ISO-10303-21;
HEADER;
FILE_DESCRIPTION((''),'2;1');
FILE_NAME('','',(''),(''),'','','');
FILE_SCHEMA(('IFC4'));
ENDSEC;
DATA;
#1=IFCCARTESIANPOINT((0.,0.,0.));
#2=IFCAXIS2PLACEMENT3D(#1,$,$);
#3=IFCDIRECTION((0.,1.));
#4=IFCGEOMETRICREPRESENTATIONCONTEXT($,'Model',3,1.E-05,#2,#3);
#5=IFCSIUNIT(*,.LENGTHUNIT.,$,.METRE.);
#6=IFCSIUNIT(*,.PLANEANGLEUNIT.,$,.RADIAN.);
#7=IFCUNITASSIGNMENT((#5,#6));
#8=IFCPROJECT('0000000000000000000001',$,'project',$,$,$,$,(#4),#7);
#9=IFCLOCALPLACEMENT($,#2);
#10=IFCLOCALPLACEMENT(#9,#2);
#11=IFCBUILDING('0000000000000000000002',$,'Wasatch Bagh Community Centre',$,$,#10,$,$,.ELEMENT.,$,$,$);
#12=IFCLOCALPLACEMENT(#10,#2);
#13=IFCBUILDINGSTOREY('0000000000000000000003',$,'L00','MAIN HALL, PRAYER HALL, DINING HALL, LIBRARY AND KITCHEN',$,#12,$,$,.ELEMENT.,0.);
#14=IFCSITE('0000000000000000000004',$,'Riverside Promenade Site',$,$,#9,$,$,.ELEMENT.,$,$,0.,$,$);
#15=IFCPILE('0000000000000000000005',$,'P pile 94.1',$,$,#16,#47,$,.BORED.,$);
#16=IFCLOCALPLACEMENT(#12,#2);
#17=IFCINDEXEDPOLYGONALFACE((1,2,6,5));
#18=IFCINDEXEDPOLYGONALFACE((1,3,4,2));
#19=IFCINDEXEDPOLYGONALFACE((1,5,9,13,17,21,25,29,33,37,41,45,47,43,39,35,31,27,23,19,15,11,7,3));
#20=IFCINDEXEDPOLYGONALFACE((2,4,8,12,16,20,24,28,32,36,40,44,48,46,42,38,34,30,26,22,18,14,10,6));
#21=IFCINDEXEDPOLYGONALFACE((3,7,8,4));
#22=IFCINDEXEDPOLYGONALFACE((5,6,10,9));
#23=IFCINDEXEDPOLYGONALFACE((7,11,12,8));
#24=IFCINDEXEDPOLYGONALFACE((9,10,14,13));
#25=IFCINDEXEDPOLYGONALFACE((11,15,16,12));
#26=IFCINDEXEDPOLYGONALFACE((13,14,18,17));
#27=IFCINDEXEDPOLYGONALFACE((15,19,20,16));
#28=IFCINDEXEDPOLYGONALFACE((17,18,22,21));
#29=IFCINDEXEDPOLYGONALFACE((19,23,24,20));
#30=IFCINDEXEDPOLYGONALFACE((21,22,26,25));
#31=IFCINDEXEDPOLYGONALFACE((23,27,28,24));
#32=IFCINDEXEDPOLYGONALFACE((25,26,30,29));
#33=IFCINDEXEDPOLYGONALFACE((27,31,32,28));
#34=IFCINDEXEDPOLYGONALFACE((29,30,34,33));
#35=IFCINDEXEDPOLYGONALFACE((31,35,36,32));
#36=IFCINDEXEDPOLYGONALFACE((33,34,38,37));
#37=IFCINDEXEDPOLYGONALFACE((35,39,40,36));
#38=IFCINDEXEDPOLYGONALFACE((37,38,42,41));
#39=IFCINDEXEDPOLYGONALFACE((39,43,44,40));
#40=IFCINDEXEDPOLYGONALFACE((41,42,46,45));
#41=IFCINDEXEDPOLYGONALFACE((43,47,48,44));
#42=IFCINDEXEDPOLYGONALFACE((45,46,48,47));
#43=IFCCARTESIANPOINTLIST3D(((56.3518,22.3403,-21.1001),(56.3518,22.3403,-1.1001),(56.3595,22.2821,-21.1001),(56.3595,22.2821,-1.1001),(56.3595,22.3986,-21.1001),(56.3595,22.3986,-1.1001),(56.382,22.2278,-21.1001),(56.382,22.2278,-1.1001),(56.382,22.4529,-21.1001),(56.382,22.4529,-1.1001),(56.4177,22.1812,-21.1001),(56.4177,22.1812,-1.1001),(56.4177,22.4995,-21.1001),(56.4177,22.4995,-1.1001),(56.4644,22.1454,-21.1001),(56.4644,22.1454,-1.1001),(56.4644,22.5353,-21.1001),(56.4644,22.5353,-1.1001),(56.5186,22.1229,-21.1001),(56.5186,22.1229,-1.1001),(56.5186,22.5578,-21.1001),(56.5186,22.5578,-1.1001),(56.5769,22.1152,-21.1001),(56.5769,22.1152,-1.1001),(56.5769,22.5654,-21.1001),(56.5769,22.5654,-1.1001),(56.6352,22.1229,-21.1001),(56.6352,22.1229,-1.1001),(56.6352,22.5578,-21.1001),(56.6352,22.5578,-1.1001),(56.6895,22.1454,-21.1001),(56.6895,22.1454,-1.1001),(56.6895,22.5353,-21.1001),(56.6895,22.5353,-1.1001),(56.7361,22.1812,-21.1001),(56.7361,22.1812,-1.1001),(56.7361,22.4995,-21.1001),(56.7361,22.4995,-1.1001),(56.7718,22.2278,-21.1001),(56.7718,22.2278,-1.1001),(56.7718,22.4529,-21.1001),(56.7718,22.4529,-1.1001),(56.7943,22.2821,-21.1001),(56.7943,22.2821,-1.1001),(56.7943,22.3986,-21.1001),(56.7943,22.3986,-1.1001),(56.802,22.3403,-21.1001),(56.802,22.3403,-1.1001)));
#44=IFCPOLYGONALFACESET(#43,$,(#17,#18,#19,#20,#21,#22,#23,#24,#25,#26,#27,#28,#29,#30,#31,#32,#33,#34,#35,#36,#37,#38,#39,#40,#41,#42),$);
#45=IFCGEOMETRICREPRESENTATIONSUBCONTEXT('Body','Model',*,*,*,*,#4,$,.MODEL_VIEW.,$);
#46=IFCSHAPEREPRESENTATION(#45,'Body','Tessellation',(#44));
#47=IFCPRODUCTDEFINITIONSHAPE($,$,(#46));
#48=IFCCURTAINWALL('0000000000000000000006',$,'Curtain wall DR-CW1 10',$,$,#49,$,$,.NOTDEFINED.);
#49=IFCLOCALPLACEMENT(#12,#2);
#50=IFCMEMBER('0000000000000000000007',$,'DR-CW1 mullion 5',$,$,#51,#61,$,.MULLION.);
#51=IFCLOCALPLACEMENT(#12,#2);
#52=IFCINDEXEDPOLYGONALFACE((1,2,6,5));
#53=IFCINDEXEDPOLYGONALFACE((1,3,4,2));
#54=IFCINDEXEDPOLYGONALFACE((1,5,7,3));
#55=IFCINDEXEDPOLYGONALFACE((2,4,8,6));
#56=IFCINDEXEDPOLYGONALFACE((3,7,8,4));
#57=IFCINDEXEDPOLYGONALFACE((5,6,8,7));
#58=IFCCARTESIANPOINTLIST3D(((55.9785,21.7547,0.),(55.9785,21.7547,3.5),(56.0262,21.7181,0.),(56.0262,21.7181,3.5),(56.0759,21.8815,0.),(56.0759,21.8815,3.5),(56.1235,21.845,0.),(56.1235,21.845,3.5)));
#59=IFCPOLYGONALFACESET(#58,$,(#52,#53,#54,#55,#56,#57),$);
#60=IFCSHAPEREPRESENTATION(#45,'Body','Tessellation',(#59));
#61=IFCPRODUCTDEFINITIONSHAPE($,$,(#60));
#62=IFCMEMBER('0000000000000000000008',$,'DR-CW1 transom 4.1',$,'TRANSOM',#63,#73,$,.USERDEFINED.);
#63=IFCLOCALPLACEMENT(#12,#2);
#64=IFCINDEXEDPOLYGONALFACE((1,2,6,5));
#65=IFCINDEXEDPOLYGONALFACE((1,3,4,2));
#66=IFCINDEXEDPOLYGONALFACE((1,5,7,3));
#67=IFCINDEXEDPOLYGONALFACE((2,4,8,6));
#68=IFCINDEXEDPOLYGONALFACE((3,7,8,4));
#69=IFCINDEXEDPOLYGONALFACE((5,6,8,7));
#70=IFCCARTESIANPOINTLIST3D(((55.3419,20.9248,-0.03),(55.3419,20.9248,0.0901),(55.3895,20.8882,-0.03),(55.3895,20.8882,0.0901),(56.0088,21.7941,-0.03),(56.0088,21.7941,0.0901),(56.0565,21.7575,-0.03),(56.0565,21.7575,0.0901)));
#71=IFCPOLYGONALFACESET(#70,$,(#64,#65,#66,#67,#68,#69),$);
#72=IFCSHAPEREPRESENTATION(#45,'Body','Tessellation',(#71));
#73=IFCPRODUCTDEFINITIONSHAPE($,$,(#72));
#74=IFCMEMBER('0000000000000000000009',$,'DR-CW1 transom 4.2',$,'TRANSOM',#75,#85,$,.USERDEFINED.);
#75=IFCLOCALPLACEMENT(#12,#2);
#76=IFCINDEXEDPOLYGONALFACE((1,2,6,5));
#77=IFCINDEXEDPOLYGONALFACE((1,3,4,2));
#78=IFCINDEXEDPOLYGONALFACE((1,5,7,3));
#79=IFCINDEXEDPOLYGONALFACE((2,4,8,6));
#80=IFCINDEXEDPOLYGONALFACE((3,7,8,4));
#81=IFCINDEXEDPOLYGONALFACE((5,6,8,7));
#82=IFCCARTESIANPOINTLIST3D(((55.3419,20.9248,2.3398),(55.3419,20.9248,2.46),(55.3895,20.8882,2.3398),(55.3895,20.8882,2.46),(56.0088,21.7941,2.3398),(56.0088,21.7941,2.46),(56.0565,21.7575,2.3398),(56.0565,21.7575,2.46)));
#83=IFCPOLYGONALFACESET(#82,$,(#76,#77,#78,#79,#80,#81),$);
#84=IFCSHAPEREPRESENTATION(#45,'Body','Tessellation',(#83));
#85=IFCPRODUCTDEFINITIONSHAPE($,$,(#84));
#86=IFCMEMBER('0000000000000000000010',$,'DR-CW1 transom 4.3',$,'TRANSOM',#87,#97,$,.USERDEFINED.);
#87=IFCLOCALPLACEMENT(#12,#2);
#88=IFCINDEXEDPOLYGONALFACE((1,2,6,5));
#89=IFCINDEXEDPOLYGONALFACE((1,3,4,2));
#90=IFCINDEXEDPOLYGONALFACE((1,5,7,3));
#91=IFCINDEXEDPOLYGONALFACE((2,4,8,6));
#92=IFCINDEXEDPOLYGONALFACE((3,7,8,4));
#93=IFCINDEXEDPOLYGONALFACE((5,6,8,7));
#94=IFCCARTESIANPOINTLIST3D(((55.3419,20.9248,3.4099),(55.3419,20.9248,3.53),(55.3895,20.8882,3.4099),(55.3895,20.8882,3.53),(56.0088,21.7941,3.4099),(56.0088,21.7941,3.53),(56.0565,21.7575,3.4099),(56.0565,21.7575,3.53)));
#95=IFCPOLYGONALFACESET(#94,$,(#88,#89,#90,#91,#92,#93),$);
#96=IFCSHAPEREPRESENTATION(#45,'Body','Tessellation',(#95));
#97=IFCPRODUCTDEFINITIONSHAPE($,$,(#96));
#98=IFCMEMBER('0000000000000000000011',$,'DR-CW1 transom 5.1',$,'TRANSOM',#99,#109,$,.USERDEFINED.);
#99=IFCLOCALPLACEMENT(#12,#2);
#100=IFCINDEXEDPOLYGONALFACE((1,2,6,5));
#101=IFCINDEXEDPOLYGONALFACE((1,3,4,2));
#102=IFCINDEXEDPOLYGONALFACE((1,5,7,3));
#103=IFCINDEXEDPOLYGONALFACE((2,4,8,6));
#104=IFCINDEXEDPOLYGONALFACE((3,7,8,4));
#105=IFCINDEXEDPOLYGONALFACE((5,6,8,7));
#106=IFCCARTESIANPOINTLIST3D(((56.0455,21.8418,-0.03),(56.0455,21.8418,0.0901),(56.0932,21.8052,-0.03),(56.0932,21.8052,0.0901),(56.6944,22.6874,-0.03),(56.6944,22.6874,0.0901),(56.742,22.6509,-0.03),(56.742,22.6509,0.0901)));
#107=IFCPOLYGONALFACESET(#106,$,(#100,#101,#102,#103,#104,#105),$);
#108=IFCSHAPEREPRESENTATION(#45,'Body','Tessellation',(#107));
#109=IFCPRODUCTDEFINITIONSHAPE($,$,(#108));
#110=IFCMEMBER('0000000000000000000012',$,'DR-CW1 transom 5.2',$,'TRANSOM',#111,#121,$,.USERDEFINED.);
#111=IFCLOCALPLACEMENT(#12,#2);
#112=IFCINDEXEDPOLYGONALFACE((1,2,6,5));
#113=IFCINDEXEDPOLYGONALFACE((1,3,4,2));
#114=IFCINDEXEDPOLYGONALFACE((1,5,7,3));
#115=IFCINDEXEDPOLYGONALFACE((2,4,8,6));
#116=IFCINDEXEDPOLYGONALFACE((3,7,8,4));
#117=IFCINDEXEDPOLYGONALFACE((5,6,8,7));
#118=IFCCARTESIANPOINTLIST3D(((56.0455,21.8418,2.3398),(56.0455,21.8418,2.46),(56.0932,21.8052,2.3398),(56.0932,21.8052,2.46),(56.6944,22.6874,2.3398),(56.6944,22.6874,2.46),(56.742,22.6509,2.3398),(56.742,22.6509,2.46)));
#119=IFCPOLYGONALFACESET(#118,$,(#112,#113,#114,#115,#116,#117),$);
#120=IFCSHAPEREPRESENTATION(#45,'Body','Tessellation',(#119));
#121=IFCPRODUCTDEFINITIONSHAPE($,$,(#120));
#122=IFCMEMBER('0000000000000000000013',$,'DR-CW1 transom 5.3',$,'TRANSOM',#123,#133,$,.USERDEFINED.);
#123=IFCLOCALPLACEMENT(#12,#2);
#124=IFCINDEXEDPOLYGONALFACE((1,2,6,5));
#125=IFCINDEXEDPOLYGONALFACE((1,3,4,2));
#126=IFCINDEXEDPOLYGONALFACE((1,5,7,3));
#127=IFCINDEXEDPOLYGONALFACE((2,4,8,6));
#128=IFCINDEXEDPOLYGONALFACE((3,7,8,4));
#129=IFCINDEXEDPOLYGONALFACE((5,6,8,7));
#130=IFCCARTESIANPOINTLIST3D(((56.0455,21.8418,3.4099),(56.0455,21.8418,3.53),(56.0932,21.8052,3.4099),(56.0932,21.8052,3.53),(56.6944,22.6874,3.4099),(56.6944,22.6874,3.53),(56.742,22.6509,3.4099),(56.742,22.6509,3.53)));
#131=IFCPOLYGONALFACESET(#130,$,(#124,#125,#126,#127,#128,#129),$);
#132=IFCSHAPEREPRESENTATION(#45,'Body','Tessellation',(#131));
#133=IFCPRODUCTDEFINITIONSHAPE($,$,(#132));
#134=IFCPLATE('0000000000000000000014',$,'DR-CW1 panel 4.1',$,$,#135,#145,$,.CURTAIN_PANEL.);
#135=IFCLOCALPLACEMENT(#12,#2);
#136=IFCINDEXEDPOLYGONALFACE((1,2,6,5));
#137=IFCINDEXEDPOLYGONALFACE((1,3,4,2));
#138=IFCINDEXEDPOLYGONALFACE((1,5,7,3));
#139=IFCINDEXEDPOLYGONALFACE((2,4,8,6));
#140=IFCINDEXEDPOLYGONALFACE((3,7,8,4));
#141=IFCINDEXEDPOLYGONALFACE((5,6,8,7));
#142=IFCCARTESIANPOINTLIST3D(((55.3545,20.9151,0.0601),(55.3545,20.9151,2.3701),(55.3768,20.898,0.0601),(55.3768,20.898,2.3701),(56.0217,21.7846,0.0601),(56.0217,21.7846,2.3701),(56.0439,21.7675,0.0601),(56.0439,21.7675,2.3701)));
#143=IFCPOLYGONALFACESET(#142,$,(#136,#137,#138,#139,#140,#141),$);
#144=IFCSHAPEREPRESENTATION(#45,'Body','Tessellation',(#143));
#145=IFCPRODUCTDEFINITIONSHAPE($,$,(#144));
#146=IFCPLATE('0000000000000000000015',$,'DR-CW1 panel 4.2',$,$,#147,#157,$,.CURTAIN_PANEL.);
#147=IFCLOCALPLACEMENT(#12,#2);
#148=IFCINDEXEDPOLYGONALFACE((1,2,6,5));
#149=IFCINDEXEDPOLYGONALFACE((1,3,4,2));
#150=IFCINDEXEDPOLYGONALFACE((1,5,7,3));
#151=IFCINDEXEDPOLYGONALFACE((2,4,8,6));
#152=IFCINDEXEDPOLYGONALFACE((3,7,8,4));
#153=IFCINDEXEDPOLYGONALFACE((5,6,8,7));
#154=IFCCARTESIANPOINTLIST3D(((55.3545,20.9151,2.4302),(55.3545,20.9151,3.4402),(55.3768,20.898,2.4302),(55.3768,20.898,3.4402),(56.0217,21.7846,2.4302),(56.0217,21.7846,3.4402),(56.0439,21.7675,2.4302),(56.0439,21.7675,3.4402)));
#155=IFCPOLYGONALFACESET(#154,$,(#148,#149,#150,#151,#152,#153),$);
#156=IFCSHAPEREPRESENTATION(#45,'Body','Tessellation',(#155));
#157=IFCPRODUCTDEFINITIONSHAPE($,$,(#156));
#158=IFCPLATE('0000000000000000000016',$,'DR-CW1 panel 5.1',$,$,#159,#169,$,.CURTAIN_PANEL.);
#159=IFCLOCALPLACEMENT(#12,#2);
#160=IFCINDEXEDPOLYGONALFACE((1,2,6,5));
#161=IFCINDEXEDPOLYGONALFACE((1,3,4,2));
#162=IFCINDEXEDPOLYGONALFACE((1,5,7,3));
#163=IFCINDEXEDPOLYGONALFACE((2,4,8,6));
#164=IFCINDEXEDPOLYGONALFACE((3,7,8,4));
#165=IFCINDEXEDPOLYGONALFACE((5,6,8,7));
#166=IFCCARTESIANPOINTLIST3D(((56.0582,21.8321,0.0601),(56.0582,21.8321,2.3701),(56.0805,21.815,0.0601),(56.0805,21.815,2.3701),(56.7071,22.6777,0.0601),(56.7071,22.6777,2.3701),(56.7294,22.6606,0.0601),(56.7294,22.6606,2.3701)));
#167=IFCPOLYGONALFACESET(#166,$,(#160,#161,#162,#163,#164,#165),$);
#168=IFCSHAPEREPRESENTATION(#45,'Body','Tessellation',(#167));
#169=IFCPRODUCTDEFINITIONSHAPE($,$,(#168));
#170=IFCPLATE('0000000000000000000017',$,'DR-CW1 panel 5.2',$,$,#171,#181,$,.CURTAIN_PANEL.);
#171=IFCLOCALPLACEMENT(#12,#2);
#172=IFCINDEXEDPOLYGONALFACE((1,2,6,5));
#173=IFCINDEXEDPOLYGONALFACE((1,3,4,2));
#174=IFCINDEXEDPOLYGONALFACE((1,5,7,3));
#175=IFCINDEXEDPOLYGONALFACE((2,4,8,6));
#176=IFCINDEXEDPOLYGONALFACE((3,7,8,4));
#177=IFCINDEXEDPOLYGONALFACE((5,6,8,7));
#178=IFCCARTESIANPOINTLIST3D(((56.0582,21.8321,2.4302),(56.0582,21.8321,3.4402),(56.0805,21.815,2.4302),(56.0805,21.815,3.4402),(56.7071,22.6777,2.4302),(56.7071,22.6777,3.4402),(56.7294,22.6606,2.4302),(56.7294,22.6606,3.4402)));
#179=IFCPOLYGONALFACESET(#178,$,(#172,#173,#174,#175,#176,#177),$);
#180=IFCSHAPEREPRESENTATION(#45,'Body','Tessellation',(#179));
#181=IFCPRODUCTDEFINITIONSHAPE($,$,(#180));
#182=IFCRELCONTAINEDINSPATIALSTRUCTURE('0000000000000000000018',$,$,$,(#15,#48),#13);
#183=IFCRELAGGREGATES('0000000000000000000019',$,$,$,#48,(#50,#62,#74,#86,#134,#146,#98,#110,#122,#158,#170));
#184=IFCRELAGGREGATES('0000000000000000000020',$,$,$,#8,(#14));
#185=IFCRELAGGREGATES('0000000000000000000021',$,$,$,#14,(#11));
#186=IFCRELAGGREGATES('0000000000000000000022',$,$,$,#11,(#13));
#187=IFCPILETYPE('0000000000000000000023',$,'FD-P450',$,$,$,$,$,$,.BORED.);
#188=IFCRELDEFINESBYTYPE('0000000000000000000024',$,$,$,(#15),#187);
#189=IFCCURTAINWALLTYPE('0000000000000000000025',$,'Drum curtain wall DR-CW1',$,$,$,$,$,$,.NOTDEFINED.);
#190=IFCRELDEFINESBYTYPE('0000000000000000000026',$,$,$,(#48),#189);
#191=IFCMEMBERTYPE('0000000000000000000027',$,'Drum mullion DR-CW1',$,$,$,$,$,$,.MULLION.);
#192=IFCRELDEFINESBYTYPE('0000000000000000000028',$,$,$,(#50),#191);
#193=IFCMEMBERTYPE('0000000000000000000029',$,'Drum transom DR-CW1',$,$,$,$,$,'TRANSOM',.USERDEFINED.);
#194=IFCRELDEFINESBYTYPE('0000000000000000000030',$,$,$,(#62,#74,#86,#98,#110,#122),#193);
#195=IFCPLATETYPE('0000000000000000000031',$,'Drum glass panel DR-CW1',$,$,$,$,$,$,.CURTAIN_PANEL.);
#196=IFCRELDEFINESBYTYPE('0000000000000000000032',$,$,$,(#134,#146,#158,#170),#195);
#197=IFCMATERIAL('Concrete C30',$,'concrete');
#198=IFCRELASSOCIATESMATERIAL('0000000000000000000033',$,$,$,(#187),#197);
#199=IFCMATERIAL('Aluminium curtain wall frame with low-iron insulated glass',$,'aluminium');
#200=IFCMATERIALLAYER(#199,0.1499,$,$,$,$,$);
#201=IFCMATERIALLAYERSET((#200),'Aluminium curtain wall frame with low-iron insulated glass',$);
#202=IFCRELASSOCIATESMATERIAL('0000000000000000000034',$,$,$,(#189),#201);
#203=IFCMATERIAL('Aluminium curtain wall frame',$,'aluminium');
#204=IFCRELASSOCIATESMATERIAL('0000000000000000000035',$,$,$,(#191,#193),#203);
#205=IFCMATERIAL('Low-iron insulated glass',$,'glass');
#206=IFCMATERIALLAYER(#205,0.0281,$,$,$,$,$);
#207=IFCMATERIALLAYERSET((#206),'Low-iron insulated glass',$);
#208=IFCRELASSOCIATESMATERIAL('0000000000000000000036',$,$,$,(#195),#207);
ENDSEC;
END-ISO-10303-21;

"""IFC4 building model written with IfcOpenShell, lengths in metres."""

from ifc_helpers import new_model, si_unit, direction, frame, origin, origin_2d, place, context, subcontext, project, spatial, rectangle, circle, extrude, material, layer, layer_set, material_profile, profile_set, type_object, element, aggregate, save


model = new_model("IFC4")

# Units and contexts
model_context = context("Model", 3, precision=1e-05, world=origin(), true_north=direction((0.0, 1.0)))
body_context = subcontext(model_context, "Body", "Model", "MODEL_VIEW")
ifc_project = project(units=[si_unit("LENGTHUNIT", "METRE"), si_unit("PLANEANGLEUNIT", "RADIAN")], contexts=[model_context])

# Site, building, storey
site_placement = place(None, origin())
site = spatial("IfcSite", under=ifc_project, at=site_placement, Name="Riverside Promenade Site", CompositionType="ELEMENT", RefElevation=0.0)
building_placement = place(site_placement, origin())
building = spatial("IfcBuilding", under=site, at=building_placement, Name="Wasatch Bagh Community Centre", CompositionType="ELEMENT")
storey_placement = place(building_placement, origin())
storey = spatial("IfcBuildingStorey", under=building, at=storey_placement, Name="L00", Description="MAIN HALL, PRAYER HALL, DINING HALL, LIBRARY AND KITCHEN", CompositionType="ELEMENT", Elevation=0.0)

# Pile
ifc_material_1 = material(Name="Concrete C30", Category="concrete")
ifc_material_profile_1 = material_profile(ifc_material_1, circle(Radius=0.2251, at=origin_2d()), Name="RC D450")
ifc_profile_set_1 = profile_set([ifc_material_profile_1], Name="Concrete C30")
pile_type = type_object("IfcPileType", Name="FD-P450", PredefinedType="BORED", material=ifc_profile_set_1)
pile_placement = place(storey_placement, frame((56.5769, 22.3403, -1.1001), z_axis=(0.0, 0.0, -1.0), x_axis=(1.0, 0.0, 0.0)))
element("IfcPile", 1, at=pile_placement, inside=storey, type_object=pile_type, Name="P pile 94.1", PredefinedType="BORED", context=body_context, shape_type="SweptSolid", body=[
    extrude(circle(Radius=0.2251, at=origin_2d()), origin(), (0.0, 0.0, 1.0), 20.0),
])

# Curtain wall, members, plates
ifc_material_2 = material(Name="Aluminium curtain wall frame with low-iron insulated glass", Category="aluminium")
ifc_layer_1 = layer(ifc_material_2, 0.1499)
ifc_layer_set_1 = layer_set([ifc_layer_1], Name="Aluminium curtain wall frame with low-iron insulated glass")
curtain_wall_type = type_object("IfcCurtainWallType", Name="Drum curtain wall DR-CW1", PredefinedType="NOTDEFINED", material=ifc_layer_set_1)
curtain_wall_placement = place(storey_placement, origin())
curtain_wall = element("IfcCurtainWall", 2, at=curtain_wall_placement, inside=storey, type_object=curtain_wall_type, Name="Curtain wall DR-CW1 10", PredefinedType="NOTDEFINED")
ifc_material_3 = material(Name="Aluminium curtain wall frame", Category="aluminium")
ifc_material_profile_2 = material_profile(ifc_material_3, rectangle(XDim=0.0601, YDim=0.1599, at=origin_2d()), Name="Drum mullion DR-CW1")
ifc_profile_set_2 = profile_set([ifc_material_profile_2], Name="Aluminium curtain wall frame")
member_type_1 = type_object("IfcMemberType", Name="Drum mullion DR-CW1", PredefinedType="MULLION", material=ifc_profile_set_2)
member_1_placement = place(storey_placement, frame((56.051, 21.7998, 0.0), z_axis=(0.0, 0.0, 1.0), x_axis=(-0.793353, 0.608761, 0.0)))
member_1 = element("IfcMember", 3, at=member_1_placement, type_object=member_type_1, Name="DR-CW1 mullion 5", PredefinedType="MULLION", context=body_context, shape_type="SweptSolid", body=[
    extrude(rectangle(XDim=0.0601, YDim=0.1599, at=origin_2d()), origin(), (0.0, 0.0, 1.0), 3.5),
])
ifc_material_profile_3 = material_profile(ifc_material_3, rectangle(XDim=0.0601, YDim=0.1201, at=origin_2d()), Name="Drum transom DR-CW1")
ifc_profile_set_3 = profile_set([ifc_material_profile_3], Name="Aluminium curtain wall frame")
member_type_2 = type_object("IfcMemberType", Name="Drum transom DR-CW1", ElementType="TRANSOM", PredefinedType="USERDEFINED", material=ifc_profile_set_3)
member_2_placement = place(storey_placement, frame((55.3657, 20.9065, 0.03), z_axis=(0.608698, 0.793402, 0.0), x_axis=(-0.793402, 0.608698, 0.0)))
member_2 = element("IfcMember", 4, at=member_2_placement, type_object=member_type_2, Name="DR-CW1 transom 4.1", ObjectType="TRANSOM", PredefinedType="USERDEFINED", context=body_context, shape_type="SweptSolid", body=[
    extrude(rectangle(XDim=0.0601, YDim=0.1201, at=origin_2d()), origin(), (0.0, 0.0, 1.0), 1.0957),
])
member_3_placement = place(storey_placement, frame((55.3657, 20.9065, 2.3999), z_axis=(0.608698, 0.793402, 0.0), x_axis=(-0.793402, 0.608698, 0.0)))
member_3 = element("IfcMember", 5, at=member_3_placement, type_object=member_type_2, Name="DR-CW1 transom 4.2", ObjectType="TRANSOM", PredefinedType="USERDEFINED", context=body_context, shape_type="SweptSolid", body=[
    extrude(rectangle(XDim=0.0601, YDim=0.1201, at=origin_2d()), origin(), (0.0, 0.0, 1.0), 1.0957),
])
member_4_placement = place(storey_placement, frame((55.3657, 20.9065, 3.47), z_axis=(0.608698, 0.793402, 0.0), x_axis=(-0.793402, 0.608698, 0.0)))
member_4 = element("IfcMember", 6, at=member_4_placement, type_object=member_type_2, Name="DR-CW1 transom 4.3", ObjectType="TRANSOM", PredefinedType="USERDEFINED", context=body_context, shape_type="SweptSolid", body=[
    extrude(rectangle(XDim=0.0601, YDim=0.1201, at=origin_2d()), origin(), (0.0, 0.0, 1.0), 1.0957),
])
member_5_placement = place(storey_placement, frame((56.0693, 21.8235, 0.03), z_axis=(0.608758, 0.793356, 0.0), x_axis=(-0.793356, 0.608758, 0.0)))
member_5 = element("IfcMember", 7, at=member_5_placement, type_object=member_type_2, Name="DR-CW1 transom 5.1", ObjectType="TRANSOM", PredefinedType="USERDEFINED", context=body_context, shape_type="SweptSolid", body=[
    extrude(rectangle(XDim=0.0601, YDim=0.1201, at=origin_2d()), origin(), (0.0, 0.0, 1.0), 1.0659),
])
member_6_placement = place(storey_placement, frame((56.0693, 21.8235, 2.3999), z_axis=(0.608758, 0.793356, 0.0), x_axis=(-0.793356, 0.608758, 0.0)))
member_6 = element("IfcMember", 8, at=member_6_placement, type_object=member_type_2, Name="DR-CW1 transom 5.2", ObjectType="TRANSOM", PredefinedType="USERDEFINED", context=body_context, shape_type="SweptSolid", body=[
    extrude(rectangle(XDim=0.0601, YDim=0.1201, at=origin_2d()), origin(), (0.0, 0.0, 1.0), 1.0659),
])
member_7_placement = place(storey_placement, frame((56.0693, 21.8235, 3.47), z_axis=(0.608758, 0.793356, 0.0), x_axis=(-0.793356, 0.608758, 0.0)))
member_7 = element("IfcMember", 9, at=member_7_placement, type_object=member_type_2, Name="DR-CW1 transom 5.3", ObjectType="TRANSOM", PredefinedType="USERDEFINED", context=body_context, shape_type="SweptSolid", body=[
    extrude(rectangle(XDim=0.0601, YDim=0.1201, at=origin_2d()), origin(), (0.0, 0.0, 1.0), 1.0659),
])
ifc_material_4 = material(Name="Low-iron insulated glass", Category="glass")
ifc_layer_2 = layer(ifc_material_4, 0.0281)
ifc_layer_set_2 = layer_set([ifc_layer_2], Name="Low-iron insulated glass")
plate_type = type_object("IfcPlateType", Name="Drum glass panel DR-CW1", PredefinedType="CURTAIN_PANEL", material=ifc_layer_set_2)
plate_1_placement = place(storey_placement, frame((55.6992, 21.3413, 0.0601), z_axis=(0.0, 0.0, 1.0), x_axis=(0.608761, 0.793353, 0.0)))
plate_1 = element("IfcPlate", 10, at=plate_1_placement, type_object=plate_type, Name="DR-CW1 panel 4.1", PredefinedType="CURTAIN_PANEL", context=body_context, shape_type="SweptSolid", body=[
    extrude(rectangle(XDim=1.0959, YDim=0.0281, at=origin_2d()), origin(), (0.0, 0.0, 1.0), 2.3101),
])
plate_2_placement = place(storey_placement, frame((55.6992, 21.3413, 2.4302), z_axis=(0.0, 0.0, 1.0), x_axis=(0.608761, 0.793353, 0.0)))
plate_2 = element("IfcPlate", 11, at=plate_2_placement, type_object=plate_type, Name="DR-CW1 panel 4.2", PredefinedType="CURTAIN_PANEL", context=body_context, shape_type="SweptSolid", body=[
    extrude(rectangle(XDim=1.0959, YDim=0.0281, at=origin_2d()), origin(), (0.0, 0.0, 1.0), 1.01),
])
plate_3_placement = place(storey_placement, frame((56.3938, 22.2463, 0.0601), z_axis=(0.0, 0.0, 1.0), x_axis=(0.608761, 0.793353, 0.0)))
plate_3 = element("IfcPlate", 12, at=plate_3_placement, type_object=plate_type, Name="DR-CW1 panel 5.1", PredefinedType="CURTAIN_PANEL", context=body_context, shape_type="SweptSolid", body=[
    extrude(rectangle(XDim=1.0659, YDim=0.0281, at=origin_2d()), origin(), (0.0, 0.0, 1.0), 2.3101),
])
plate_4_placement = place(storey_placement, frame((56.3938, 22.2463, 2.4302), z_axis=(0.0, 0.0, 1.0), x_axis=(0.608761, 0.793353, 0.0)))
plate_4 = element("IfcPlate", 13, at=plate_4_placement, type_object=plate_type, Name="DR-CW1 panel 5.2", PredefinedType="CURTAIN_PANEL", context=body_context, shape_type="SweptSolid", body=[
    extrude(rectangle(XDim=1.0659, YDim=0.0281, at=origin_2d()), origin(), (0.0, 0.0, 1.0), 1.01),
])
aggregate(curtain_wall, [member_1, member_2, member_3, member_4, plate_1, plate_2, member_5, member_6, member_7, plate_3, plate_4])

save(model, "model.ifc")
